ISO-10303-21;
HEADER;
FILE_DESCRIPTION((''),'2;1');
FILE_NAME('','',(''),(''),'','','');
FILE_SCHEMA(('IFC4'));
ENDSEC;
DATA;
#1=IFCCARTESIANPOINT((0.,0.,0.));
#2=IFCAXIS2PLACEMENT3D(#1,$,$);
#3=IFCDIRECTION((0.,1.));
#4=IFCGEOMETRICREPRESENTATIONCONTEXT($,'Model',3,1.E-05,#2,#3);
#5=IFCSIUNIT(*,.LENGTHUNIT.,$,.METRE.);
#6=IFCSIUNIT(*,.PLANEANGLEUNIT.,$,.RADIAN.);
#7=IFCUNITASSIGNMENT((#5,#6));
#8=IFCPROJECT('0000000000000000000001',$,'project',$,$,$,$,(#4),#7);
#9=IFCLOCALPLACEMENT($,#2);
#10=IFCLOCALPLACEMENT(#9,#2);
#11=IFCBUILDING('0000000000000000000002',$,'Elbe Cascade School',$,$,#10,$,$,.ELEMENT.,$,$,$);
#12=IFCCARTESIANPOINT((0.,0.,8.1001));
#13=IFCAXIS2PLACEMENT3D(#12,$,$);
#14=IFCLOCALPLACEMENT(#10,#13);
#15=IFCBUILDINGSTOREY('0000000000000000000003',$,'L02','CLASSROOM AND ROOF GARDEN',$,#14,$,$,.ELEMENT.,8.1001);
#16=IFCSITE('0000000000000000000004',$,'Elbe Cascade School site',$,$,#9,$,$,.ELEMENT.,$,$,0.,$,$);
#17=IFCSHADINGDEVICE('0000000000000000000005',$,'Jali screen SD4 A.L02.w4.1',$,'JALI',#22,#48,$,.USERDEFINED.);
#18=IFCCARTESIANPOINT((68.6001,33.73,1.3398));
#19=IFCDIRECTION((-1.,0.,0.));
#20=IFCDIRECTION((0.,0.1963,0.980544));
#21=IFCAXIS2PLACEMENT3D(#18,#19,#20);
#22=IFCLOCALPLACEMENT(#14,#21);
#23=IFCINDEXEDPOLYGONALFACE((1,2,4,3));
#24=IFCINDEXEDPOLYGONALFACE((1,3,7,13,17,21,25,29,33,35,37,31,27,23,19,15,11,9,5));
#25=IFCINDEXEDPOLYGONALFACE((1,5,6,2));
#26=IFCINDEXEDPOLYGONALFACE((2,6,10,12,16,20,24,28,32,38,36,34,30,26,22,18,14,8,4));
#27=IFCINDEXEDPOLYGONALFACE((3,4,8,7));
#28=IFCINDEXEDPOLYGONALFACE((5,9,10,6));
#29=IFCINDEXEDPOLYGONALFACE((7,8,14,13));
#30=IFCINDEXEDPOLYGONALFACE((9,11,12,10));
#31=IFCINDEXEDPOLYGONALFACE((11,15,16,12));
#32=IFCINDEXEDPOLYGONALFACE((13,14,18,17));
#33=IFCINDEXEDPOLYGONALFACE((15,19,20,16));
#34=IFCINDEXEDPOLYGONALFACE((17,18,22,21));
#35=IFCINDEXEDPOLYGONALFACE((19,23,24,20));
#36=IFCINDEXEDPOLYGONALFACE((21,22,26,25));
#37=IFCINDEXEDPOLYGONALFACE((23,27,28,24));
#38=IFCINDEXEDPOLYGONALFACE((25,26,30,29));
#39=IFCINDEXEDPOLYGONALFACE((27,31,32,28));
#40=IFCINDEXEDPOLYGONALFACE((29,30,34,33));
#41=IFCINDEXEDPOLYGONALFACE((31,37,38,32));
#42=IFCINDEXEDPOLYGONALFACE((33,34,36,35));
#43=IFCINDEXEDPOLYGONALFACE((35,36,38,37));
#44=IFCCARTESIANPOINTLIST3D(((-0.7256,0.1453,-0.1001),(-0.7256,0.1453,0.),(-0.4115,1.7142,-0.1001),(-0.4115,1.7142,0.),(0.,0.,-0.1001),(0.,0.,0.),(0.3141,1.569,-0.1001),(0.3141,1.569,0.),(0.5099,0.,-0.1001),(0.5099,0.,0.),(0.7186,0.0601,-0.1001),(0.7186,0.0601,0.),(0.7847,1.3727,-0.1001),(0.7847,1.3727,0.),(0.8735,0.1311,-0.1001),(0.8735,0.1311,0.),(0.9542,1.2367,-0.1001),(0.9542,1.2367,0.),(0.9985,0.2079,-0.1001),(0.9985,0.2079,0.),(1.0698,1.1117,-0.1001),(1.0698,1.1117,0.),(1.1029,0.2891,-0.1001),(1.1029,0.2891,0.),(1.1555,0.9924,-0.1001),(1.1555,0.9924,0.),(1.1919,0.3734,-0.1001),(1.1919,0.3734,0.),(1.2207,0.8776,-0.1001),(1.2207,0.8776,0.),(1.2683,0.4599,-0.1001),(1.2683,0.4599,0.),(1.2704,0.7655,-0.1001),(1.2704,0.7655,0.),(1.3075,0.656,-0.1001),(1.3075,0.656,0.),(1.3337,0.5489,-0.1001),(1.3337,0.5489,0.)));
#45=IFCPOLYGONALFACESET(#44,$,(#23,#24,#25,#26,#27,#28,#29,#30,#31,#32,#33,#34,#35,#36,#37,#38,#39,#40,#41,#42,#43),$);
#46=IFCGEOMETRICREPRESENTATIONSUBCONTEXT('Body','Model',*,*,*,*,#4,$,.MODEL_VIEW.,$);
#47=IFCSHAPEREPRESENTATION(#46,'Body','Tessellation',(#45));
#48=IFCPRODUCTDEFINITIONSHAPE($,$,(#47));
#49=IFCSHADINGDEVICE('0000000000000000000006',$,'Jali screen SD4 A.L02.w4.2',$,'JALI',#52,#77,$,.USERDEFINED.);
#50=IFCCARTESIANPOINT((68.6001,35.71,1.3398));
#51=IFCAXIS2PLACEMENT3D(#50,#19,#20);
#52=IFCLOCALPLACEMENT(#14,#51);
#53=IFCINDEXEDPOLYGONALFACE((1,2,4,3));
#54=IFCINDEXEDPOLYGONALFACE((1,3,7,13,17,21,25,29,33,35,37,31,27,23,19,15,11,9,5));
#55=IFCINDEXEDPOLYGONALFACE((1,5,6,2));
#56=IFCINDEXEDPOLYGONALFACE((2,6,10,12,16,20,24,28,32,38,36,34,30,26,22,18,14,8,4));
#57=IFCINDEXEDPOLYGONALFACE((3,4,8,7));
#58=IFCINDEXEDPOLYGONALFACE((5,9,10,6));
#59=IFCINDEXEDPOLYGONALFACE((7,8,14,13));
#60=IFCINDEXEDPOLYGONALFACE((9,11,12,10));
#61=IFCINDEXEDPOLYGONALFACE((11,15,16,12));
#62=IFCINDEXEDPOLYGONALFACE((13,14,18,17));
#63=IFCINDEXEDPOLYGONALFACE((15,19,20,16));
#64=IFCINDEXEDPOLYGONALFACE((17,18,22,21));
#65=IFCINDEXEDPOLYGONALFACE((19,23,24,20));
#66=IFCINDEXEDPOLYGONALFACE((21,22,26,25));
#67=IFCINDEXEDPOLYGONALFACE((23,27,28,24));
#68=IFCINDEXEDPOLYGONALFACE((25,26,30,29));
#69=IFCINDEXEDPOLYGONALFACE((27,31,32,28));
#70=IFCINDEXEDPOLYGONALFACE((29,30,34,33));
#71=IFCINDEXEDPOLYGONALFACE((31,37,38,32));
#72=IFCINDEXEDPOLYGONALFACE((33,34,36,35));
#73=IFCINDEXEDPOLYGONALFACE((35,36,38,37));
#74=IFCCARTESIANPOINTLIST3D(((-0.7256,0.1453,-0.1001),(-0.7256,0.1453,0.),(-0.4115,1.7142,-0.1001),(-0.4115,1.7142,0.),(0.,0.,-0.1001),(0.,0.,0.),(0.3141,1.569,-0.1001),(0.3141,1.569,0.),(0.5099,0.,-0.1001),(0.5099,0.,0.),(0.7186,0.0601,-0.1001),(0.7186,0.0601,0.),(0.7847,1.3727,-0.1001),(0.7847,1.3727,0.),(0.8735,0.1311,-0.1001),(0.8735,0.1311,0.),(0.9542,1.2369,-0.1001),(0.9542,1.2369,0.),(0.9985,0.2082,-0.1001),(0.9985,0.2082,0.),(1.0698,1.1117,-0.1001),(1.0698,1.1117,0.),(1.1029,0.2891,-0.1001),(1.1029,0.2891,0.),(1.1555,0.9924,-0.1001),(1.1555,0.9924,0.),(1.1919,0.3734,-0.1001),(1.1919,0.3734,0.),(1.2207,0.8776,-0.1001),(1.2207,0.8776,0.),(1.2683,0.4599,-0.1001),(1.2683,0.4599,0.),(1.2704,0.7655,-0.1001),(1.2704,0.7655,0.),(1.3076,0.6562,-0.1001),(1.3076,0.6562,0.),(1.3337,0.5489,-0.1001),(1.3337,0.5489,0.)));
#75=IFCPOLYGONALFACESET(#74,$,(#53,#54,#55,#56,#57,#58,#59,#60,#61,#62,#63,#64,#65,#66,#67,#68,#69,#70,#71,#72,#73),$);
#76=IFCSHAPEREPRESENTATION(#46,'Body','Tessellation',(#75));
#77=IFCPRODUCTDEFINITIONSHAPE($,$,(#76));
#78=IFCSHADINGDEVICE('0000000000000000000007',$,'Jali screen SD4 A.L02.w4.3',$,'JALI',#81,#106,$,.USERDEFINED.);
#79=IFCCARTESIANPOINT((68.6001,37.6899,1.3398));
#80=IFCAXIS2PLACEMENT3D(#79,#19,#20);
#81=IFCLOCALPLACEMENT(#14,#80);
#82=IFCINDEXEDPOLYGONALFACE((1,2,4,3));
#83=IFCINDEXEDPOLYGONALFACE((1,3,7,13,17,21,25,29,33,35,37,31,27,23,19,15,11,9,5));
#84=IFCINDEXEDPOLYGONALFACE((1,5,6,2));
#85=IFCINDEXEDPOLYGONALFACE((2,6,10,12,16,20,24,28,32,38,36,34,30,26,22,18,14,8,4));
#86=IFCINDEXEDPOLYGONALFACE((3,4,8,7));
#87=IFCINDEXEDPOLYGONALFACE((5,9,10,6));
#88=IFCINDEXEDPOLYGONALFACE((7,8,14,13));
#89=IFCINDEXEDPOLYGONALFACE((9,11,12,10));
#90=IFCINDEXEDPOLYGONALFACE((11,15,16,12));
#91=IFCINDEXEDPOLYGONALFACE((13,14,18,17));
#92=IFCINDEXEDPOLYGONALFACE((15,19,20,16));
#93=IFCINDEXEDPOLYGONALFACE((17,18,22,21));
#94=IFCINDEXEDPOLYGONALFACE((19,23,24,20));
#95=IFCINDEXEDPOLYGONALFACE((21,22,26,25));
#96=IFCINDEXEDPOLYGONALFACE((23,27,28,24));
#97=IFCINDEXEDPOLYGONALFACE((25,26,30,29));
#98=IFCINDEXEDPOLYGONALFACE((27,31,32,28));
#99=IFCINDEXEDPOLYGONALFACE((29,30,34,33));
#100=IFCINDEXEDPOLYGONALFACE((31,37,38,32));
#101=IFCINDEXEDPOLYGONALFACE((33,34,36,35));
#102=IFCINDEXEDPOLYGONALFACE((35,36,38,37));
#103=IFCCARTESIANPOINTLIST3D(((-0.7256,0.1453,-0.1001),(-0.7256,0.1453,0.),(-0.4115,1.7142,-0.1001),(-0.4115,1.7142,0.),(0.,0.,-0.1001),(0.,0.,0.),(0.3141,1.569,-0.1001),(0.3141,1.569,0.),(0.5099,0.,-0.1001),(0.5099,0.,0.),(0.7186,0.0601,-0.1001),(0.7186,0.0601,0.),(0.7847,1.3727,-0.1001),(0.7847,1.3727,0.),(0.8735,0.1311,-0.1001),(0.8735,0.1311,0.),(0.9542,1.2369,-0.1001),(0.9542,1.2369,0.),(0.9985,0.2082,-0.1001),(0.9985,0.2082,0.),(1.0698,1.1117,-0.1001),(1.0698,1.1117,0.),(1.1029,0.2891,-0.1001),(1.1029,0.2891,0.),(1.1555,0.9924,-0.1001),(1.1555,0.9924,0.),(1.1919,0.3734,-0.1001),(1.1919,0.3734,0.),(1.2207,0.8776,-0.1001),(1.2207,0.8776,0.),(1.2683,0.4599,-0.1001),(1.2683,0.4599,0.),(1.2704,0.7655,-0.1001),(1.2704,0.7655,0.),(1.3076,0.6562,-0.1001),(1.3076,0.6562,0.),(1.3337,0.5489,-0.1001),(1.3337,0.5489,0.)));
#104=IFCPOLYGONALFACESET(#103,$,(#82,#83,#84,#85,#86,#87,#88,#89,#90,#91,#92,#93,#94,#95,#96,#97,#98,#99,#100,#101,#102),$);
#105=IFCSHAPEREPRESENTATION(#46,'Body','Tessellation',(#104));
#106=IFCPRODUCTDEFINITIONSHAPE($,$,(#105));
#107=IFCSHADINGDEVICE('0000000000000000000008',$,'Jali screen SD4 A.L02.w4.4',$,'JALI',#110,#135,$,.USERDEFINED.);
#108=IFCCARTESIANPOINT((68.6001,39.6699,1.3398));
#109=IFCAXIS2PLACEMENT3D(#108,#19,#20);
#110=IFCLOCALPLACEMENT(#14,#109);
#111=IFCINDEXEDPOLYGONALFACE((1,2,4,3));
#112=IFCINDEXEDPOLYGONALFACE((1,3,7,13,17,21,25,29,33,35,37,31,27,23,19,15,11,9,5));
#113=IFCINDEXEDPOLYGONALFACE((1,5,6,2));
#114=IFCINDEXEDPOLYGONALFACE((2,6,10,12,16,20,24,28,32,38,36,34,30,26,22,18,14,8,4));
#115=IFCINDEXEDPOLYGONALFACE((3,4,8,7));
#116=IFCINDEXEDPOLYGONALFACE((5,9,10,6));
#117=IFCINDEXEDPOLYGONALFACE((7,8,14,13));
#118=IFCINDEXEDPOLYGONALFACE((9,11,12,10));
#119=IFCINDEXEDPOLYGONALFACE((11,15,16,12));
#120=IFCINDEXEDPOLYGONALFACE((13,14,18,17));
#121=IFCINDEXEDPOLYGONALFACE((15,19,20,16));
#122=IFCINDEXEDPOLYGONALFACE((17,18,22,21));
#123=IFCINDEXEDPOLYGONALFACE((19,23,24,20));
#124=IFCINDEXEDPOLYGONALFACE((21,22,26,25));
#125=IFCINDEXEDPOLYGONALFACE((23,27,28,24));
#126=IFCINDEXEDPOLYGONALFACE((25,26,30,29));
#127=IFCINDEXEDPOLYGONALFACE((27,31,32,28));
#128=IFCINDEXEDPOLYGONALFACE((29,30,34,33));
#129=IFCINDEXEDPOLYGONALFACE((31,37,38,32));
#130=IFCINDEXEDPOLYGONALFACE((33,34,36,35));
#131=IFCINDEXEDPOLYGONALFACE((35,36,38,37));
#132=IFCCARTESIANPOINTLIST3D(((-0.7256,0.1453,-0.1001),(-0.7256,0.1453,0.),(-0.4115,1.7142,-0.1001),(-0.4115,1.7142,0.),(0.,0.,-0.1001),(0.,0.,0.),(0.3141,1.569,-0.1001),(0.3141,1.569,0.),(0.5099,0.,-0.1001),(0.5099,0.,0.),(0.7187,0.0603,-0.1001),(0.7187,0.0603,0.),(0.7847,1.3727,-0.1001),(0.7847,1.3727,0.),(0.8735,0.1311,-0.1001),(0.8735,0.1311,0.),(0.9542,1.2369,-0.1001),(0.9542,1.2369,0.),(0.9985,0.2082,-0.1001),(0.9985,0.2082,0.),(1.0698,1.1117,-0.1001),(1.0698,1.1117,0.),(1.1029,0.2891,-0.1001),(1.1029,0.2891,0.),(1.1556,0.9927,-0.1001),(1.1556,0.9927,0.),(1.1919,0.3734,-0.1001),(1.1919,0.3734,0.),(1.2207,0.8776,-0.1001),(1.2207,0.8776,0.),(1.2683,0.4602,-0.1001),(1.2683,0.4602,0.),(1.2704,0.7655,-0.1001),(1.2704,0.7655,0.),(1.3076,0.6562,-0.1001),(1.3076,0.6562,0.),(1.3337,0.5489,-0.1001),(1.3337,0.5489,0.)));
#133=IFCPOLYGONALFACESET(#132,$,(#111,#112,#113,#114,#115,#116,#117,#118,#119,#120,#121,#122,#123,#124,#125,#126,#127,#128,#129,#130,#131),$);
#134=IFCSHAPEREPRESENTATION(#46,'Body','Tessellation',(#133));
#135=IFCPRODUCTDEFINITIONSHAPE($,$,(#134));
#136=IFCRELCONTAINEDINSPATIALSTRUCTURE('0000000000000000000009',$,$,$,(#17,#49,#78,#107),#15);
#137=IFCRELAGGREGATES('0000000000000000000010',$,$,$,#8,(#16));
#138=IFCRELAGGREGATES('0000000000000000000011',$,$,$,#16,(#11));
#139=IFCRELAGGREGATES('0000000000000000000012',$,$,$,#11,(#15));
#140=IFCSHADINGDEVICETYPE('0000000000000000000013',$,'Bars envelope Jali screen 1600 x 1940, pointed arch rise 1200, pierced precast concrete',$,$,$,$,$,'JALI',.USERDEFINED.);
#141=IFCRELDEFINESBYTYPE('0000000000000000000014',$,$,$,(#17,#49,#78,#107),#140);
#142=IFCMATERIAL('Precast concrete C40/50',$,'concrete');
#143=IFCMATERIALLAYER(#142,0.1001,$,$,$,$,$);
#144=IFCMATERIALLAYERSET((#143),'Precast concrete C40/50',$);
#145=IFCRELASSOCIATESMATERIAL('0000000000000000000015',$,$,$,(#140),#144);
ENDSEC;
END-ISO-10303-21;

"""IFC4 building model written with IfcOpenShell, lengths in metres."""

from ifc_helpers import new_model, si_unit, direction, frame, origin, place, context, subcontext, project, spatial, polyline, outline, extrude, material, layer, layer_set, type_object, element, save


model = new_model("IFC4")

# Units and contexts
model_context = context("Model", 3, precision=1e-05, world=origin(), true_north=direction((0.0, 1.0)))
body_context = subcontext(model_context, "Body", "Model", "MODEL_VIEW")
ifc_project = project(units=[si_unit("LENGTHUNIT", "METRE"), si_unit("PLANEANGLEUNIT", "RADIAN")], contexts=[model_context])

# Site, building, storey
site_placement = place(None, origin())
site = spatial("IfcSite", under=ifc_project, at=site_placement, Name="Elbe Cascade School site", CompositionType="ELEMENT", RefElevation=0.0)
building_placement = place(site_placement, origin())
building = spatial("IfcBuilding", under=site, at=building_placement, Name="Elbe Cascade School", CompositionType="ELEMENT")
storey_placement = place(building_placement, frame((0.0, 0.0, 8.1001)))
storey = spatial("IfcBuildingStorey", under=building, at=storey_placement, Name="L02", Description="CLASSROOM AND ROOF GARDEN", CompositionType="ELEMENT", Elevation=8.1001)

# Shading devices
ifc_material_1 = material(Name="Precast concrete C40/50", Category="concrete")
ifc_layer_1 = layer(ifc_material_1, 0.1001)
ifc_layer_set_1 = layer_set([ifc_layer_1], Name="Precast concrete C40/50")
shading_device_type_1 = type_object("IfcShadingDeviceType", Name="Bars envelope Jali screen 1600 x 1940, pointed arch rise 1200, pierced precast concrete", ElementType="JALI", PredefinedType="USERDEFINED", material=ifc_layer_set_1)
shading_device_1_placement = place(storey_placement, frame((68.6001, 33.73, 1.3398), z_axis=(-1.0, 0.0, 0.0), x_axis=(0.0, 0.1963, 0.980544)))
element("IfcShadingDevice", 1, at=shading_device_1_placement, inside=storey, type_object=shading_device_type_1, Name="Jali screen SD4 A.L02.w4.1", ObjectType="JALI", PredefinedType="USERDEFINED", context=body_context, shape_type="SweptSolid", body=[
    extrude(outline(polyline([(0.0, 0.0), (0.5099, 0.0), (0.7186, 0.0601), (0.8735, 0.1311), (0.9985, 0.2079), (1.1029, 0.2891), (1.1919, 0.3734), (1.2683, 0.4599), (1.3337, 0.5489), (1.3075, 0.656), (1.2704, 0.7655), (1.2207, 0.8776), (1.1555, 0.9924), (1.0698, 1.1117), (0.9542, 1.2367), (0.7847, 1.3727), (0.3141, 1.569), (-0.4115, 1.7142), (-0.7256, 0.1453), (0.0, 0.0)])), origin(), (0.0, 0.0, -1.0), 0.1001),
])
for number, where, z_axis, x_axis, name in (
    (2, (68.6001, 35.71, 1.3398), (-1.0, 0.0, 0.0), (0.0, 0.1963, 0.980544), "Jali screen SD4 A.L02.w4.2"),
    (3, (68.6001, 37.6899, 1.3398), (-1.0, 0.0, 0.0), (0.0, 0.1963, 0.980544), "Jali screen SD4 A.L02.w4.3"),
):
    element("IfcShadingDevice", number, at=place(storey_placement, frame(where, z_axis=z_axis, x_axis=x_axis)), inside=storey, type_object=shading_device_type_1, Name=name, ObjectType="JALI", PredefinedType="USERDEFINED", context=body_context, shape_type="SweptSolid", body=[
        extrude(outline(polyline([(0.0, 0.0), (0.5099, 0.0), (0.7186, 0.0601), (0.8735, 0.1311), (0.9985, 0.2082), (1.1029, 0.2891), (1.1919, 0.3734), (1.2683, 0.4599), (1.3337, 0.5489), (1.3076, 0.6562), (1.2704, 0.7655), (1.2207, 0.8776), (1.1555, 0.9924), (1.0698, 1.1117), (0.9542, 1.2369), (0.7847, 1.3727), (0.3141, 1.569), (-0.4115, 1.7142), (-0.7256, 0.1453), (0.0, 0.0)])), origin(), (0.0, 0.0, -1.0), 0.1001),
    ])
shading_device_2_placement = place(storey_placement, frame((68.6001, 39.6699, 1.3398), z_axis=(-1.0, 0.0, 0.0), x_axis=(0.0, 0.1963, 0.980544)))
element("IfcShadingDevice", 4, at=shading_device_2_placement, inside=storey, type_object=shading_device_type_1, Name="Jali screen SD4 A.L02.w4.4", ObjectType="JALI", PredefinedType="USERDEFINED", context=body_context, shape_type="SweptSolid", body=[
    extrude(outline(polyline([(0.0, 0.0), (0.5099, 0.0), (0.7187, 0.0603), (0.8735, 0.1311), (0.9985, 0.2082), (1.1029, 0.2891), (1.1919, 0.3734), (1.2683, 0.4602), (1.3337, 0.5489), (1.3076, 0.6562), (1.2704, 0.7655), (1.2207, 0.8776), (1.1556, 0.9927), (1.0698, 1.1117), (0.9542, 1.2369), (0.7847, 1.3727), (0.3141, 1.569), (-0.4115, 1.7142), (-0.7256, 0.1453), (0.0, 0.0)])), origin(), (0.0, 0.0, -1.0), 0.1001),
])

save(model, "model.ifc")
